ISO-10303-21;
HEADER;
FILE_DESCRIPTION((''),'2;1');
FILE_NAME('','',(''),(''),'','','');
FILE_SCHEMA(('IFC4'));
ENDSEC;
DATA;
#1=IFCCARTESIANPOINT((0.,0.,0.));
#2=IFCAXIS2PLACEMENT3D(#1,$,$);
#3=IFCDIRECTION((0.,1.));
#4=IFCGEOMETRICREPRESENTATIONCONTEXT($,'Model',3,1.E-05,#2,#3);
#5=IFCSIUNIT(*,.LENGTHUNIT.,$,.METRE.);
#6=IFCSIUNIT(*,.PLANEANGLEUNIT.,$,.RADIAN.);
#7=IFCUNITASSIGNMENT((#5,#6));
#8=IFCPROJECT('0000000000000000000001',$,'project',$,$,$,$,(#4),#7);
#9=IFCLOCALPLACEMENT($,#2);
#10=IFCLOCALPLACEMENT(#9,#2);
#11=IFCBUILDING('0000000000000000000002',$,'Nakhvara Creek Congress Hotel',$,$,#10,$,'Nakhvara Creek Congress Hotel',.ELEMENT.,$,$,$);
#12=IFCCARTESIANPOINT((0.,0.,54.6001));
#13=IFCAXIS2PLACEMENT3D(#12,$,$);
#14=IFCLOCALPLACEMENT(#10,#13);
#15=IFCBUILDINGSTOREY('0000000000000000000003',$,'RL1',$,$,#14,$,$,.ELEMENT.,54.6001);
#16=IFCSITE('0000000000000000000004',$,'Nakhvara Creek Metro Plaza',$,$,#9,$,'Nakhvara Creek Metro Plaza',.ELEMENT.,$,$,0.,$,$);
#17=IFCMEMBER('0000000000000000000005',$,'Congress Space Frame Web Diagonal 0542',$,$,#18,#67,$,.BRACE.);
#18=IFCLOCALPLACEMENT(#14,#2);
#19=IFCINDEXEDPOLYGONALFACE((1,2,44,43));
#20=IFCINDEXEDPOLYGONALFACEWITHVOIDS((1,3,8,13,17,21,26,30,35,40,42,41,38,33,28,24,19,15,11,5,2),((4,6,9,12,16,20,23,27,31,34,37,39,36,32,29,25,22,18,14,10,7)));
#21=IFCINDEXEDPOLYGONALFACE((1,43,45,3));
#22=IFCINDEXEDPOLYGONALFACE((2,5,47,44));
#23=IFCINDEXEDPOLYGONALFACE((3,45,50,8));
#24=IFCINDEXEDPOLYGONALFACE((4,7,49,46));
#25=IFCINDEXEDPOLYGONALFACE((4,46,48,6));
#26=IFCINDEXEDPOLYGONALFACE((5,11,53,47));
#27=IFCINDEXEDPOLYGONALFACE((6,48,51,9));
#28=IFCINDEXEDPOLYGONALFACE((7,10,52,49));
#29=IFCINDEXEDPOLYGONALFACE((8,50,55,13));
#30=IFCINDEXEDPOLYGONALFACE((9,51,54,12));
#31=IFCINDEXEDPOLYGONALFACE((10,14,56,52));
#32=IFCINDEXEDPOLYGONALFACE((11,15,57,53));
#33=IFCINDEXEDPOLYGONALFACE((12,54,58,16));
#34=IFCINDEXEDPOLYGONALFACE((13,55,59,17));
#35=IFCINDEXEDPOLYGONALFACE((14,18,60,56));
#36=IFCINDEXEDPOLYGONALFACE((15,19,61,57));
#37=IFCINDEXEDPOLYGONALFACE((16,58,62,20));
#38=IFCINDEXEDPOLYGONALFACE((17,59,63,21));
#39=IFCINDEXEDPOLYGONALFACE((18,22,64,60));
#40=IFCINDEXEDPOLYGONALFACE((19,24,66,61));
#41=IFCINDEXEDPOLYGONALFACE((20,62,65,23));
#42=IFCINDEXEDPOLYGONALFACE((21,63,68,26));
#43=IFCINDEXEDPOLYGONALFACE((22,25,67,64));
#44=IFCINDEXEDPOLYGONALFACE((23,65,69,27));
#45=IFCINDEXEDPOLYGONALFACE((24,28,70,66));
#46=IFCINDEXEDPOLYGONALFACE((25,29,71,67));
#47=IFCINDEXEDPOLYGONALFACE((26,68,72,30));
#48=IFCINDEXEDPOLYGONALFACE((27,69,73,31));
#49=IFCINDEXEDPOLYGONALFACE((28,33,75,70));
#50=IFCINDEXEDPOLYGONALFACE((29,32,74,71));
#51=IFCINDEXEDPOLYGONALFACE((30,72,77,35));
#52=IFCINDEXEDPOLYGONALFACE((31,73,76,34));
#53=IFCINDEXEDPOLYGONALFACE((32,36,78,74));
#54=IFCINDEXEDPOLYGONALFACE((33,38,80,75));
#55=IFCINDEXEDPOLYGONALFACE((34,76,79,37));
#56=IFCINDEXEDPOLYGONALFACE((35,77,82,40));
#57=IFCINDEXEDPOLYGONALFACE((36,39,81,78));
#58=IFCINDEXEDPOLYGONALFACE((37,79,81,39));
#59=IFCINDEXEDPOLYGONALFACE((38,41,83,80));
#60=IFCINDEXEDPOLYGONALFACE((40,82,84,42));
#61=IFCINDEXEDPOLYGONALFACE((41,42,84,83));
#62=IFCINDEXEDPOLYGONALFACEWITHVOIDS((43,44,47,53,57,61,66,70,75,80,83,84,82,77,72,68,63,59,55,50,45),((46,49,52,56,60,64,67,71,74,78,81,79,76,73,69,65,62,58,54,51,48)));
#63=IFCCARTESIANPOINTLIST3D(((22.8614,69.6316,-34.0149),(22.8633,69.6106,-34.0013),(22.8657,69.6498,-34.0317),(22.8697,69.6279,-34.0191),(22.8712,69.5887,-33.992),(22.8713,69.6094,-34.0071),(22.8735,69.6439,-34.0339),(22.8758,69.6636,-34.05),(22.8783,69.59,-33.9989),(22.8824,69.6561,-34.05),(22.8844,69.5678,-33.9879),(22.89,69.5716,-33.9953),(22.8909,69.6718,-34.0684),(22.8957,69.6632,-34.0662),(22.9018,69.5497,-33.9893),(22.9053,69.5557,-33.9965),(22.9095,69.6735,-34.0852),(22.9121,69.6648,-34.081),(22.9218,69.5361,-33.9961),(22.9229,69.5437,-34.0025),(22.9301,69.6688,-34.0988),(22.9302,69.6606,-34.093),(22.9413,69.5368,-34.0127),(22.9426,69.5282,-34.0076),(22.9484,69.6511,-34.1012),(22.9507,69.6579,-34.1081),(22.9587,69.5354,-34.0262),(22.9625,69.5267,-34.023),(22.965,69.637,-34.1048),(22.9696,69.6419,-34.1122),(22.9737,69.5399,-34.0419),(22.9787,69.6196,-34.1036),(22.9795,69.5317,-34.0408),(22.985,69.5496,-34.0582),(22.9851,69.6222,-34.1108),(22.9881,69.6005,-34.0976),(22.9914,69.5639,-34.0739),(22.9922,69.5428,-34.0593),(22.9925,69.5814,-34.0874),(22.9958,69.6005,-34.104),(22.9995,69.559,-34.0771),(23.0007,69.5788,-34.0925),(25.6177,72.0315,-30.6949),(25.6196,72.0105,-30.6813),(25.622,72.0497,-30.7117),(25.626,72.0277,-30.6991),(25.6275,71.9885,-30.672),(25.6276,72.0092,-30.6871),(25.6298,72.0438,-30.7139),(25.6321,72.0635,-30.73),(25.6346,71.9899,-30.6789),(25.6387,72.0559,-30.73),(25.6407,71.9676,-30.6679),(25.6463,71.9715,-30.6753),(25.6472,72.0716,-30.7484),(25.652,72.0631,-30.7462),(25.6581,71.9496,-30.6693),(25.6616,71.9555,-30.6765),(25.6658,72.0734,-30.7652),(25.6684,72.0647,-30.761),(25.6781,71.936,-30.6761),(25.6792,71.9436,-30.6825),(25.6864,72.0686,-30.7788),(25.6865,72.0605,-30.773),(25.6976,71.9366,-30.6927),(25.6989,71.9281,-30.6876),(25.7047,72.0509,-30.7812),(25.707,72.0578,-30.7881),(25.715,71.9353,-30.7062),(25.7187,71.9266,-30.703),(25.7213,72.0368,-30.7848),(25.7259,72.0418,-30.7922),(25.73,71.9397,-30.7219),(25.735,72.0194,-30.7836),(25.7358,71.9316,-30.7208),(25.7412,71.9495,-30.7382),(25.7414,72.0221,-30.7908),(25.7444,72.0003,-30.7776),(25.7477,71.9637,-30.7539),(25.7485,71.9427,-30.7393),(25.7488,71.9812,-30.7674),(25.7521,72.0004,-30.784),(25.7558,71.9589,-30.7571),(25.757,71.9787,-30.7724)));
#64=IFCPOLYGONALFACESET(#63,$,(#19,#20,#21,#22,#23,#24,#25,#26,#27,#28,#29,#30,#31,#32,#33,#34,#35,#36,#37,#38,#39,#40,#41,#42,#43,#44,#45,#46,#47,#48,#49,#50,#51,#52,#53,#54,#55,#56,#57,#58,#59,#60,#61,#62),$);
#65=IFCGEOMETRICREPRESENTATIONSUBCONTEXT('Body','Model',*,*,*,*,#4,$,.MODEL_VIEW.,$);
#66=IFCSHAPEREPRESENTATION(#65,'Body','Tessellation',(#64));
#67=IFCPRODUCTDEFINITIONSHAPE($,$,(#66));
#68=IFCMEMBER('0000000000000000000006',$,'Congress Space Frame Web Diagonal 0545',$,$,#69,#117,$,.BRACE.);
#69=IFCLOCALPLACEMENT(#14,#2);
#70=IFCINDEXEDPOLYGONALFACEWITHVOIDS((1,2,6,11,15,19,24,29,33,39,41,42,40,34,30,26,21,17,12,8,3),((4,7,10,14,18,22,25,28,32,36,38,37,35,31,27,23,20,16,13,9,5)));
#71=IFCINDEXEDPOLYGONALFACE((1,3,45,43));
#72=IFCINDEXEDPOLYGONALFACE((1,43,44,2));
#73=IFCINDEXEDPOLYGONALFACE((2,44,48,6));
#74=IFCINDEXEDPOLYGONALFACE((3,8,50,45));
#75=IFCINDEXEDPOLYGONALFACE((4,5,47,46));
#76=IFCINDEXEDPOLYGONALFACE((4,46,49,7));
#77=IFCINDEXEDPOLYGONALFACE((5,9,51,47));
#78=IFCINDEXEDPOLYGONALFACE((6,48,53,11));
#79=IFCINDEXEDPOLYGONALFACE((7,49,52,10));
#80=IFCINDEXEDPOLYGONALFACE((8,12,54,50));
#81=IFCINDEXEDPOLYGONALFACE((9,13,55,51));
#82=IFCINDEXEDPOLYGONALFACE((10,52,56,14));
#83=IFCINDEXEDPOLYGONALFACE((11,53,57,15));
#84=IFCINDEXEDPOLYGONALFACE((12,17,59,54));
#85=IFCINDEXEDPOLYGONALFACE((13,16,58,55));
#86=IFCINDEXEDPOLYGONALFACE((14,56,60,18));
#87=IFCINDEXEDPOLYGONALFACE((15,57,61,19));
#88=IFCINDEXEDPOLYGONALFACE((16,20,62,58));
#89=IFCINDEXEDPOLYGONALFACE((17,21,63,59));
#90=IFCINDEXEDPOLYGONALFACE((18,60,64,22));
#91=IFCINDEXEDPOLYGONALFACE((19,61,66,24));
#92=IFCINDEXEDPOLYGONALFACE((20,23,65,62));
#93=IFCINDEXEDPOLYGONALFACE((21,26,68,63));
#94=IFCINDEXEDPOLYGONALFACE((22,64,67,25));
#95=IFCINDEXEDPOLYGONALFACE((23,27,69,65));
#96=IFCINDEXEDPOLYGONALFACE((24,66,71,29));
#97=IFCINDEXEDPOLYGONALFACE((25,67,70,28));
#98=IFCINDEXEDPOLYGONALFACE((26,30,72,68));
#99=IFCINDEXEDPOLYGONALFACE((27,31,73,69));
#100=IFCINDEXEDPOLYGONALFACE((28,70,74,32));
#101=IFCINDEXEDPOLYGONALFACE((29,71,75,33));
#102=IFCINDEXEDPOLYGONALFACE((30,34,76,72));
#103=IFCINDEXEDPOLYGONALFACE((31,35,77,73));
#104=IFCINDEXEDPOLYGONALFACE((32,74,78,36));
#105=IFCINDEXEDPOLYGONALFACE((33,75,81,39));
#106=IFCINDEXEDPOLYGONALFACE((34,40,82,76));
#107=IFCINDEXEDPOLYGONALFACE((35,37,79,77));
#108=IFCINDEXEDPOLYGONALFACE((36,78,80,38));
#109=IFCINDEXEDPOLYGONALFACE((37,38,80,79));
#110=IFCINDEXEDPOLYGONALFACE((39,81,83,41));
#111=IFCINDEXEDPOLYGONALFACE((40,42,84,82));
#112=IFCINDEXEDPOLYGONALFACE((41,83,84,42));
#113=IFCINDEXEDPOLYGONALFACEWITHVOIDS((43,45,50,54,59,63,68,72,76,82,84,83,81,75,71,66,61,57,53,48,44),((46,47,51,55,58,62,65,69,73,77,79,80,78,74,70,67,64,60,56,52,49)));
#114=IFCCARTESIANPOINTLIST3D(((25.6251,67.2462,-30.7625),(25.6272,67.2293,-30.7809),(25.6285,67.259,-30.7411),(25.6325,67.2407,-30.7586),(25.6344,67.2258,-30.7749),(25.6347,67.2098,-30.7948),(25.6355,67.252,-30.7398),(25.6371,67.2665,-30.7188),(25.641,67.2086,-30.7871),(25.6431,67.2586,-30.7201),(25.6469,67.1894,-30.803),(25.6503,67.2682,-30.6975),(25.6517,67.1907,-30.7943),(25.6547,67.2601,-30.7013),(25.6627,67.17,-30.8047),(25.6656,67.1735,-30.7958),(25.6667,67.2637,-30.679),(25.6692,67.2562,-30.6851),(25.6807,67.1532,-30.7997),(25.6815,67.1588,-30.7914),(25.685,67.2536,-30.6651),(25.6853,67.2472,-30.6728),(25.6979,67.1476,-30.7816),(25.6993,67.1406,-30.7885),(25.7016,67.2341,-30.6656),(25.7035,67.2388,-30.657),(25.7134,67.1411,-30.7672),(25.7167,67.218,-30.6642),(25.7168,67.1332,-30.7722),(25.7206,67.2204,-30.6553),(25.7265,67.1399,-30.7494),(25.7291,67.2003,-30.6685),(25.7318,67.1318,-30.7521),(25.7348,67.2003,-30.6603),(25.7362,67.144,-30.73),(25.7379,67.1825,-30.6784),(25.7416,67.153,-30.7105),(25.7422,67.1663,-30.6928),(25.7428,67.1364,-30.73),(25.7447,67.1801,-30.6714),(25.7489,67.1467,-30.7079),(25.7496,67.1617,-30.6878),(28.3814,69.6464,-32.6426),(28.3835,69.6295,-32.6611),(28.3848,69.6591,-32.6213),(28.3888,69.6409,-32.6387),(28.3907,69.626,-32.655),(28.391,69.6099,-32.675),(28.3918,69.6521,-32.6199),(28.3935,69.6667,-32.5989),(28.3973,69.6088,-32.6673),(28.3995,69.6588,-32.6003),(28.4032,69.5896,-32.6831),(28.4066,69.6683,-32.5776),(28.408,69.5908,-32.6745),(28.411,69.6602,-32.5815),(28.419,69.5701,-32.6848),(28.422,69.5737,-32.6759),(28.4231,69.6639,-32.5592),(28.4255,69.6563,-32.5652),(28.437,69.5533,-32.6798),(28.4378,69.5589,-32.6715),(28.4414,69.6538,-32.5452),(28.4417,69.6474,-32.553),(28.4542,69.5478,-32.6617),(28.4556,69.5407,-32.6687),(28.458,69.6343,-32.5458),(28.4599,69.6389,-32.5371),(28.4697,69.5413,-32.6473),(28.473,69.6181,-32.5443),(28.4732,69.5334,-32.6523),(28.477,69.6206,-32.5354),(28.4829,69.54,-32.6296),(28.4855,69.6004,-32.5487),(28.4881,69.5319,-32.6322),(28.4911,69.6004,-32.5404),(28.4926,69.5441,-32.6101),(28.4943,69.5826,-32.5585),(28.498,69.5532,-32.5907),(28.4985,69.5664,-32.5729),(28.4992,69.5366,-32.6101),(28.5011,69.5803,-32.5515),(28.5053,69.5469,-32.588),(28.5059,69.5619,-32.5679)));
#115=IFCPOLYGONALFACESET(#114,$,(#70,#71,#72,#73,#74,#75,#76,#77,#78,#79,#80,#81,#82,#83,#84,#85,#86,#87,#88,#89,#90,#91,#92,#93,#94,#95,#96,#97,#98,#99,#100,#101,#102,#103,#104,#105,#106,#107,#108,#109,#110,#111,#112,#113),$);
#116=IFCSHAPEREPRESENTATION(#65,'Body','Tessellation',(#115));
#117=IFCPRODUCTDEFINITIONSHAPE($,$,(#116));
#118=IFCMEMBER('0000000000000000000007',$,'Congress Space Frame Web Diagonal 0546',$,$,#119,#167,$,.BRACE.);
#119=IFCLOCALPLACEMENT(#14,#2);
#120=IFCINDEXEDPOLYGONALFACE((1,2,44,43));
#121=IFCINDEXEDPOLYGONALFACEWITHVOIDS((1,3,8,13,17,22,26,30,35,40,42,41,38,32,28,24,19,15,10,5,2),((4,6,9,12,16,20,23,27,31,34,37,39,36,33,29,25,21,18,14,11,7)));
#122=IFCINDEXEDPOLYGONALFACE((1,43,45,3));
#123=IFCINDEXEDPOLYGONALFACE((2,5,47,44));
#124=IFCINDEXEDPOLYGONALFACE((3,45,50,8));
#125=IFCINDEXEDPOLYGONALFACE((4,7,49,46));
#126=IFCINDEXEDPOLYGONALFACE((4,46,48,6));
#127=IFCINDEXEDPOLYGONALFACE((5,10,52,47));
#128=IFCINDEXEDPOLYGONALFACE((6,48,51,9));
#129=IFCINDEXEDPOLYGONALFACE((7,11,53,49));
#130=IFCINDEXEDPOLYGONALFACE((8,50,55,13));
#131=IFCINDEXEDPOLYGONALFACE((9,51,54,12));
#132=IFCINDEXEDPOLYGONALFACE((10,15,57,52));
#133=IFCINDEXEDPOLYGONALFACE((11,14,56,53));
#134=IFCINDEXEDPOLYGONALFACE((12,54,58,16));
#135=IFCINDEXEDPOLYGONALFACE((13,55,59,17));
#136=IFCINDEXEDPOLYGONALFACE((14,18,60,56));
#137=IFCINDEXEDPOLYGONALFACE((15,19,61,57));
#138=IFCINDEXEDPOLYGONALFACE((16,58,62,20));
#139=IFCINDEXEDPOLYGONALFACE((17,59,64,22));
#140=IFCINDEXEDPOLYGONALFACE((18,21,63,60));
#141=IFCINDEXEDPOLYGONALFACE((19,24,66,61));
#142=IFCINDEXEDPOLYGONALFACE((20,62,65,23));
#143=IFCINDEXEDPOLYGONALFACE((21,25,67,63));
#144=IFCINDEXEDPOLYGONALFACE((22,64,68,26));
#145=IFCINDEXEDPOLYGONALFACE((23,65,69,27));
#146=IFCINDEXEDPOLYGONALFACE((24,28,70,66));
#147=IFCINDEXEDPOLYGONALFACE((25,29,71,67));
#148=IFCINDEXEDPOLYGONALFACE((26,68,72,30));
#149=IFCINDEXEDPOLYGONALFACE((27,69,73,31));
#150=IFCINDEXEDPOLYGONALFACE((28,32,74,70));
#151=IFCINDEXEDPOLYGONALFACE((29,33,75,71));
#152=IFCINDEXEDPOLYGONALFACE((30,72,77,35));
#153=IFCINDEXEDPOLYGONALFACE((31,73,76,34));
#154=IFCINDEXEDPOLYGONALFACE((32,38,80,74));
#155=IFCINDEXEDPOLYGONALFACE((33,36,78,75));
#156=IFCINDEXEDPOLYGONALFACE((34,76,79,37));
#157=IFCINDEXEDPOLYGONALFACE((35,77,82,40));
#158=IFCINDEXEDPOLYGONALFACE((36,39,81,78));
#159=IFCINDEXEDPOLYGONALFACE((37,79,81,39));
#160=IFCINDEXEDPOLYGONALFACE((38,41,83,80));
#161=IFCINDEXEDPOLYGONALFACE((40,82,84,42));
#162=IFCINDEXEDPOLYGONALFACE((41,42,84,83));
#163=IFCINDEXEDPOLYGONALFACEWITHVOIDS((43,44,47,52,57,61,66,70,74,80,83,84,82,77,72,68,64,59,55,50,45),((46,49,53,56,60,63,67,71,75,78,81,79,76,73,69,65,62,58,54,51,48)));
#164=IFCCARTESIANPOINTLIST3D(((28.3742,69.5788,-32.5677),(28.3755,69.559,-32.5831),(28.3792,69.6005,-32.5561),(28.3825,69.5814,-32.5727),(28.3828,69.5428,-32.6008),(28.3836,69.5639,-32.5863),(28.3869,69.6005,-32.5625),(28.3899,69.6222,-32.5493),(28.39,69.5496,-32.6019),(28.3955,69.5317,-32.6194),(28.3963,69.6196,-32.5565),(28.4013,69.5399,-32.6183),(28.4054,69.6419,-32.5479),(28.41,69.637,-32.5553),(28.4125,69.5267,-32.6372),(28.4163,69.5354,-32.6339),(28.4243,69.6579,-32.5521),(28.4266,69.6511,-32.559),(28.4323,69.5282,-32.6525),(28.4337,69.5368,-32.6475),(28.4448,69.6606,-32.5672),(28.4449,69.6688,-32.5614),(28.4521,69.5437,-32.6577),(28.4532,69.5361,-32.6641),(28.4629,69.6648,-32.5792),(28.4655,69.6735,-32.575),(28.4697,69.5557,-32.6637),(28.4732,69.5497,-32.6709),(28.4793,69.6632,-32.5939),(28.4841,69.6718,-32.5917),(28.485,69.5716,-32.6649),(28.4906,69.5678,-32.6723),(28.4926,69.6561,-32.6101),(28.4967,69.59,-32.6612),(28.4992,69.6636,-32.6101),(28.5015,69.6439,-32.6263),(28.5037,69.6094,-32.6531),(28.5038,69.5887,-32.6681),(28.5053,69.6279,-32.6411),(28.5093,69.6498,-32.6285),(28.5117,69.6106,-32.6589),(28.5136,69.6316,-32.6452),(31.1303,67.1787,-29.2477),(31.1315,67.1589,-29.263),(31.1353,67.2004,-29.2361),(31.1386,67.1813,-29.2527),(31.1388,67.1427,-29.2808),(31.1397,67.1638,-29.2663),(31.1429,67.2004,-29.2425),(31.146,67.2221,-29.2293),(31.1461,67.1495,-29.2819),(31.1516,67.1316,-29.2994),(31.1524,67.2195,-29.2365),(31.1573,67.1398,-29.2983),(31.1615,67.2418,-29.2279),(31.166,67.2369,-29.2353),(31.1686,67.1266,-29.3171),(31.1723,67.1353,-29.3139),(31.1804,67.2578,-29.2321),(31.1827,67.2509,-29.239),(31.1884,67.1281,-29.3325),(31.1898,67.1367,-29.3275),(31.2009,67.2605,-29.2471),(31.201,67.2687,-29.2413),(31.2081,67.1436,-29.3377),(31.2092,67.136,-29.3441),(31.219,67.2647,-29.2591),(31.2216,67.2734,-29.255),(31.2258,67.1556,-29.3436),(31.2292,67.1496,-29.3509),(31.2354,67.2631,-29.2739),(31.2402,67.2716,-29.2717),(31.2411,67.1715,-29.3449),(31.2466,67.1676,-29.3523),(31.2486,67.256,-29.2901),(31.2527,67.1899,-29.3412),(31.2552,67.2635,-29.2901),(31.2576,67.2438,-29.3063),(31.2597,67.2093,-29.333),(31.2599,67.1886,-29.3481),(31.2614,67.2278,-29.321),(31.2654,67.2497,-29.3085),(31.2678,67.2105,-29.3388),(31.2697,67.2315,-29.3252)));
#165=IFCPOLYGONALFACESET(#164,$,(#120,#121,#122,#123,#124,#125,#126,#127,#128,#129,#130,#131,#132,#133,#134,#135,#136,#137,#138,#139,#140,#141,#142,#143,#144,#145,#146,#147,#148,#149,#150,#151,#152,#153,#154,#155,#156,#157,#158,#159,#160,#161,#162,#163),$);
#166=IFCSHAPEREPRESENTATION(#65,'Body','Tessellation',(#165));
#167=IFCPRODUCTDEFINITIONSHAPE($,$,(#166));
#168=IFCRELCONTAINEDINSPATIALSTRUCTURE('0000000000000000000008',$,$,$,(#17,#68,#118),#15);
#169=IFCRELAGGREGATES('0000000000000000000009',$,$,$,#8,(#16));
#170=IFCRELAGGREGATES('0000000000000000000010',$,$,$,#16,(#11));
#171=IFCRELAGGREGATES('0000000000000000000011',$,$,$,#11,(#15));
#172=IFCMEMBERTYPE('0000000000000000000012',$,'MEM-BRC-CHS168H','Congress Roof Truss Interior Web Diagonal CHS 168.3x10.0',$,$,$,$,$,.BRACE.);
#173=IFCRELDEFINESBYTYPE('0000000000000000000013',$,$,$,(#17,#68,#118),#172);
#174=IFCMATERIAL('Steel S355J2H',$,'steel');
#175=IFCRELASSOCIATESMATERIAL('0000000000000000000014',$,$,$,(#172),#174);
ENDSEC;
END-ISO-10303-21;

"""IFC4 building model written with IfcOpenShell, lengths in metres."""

from ifc_helpers import new_model, si_unit, direction, frame, origin, origin_2d, place, context, subcontext, project, spatial, hollow_circle, extrude, material, material_profile, profile_set, type_object, element, save


model = new_model("IFC4")

# Units and contexts
model_context = context("Model", 3, precision=1e-05, world=origin(), true_north=direction((0.0, 1.0)))
body_context = subcontext(model_context, "Body", "Model", "MODEL_VIEW")
ifc_project = project(units=[si_unit("LENGTHUNIT", "METRE"), si_unit("PLANEANGLEUNIT", "RADIAN")], contexts=[model_context])

# Site, building, storey
site_placement = place(None, origin())
site = spatial("IfcSite", under=ifc_project, at=site_placement, Name="Nakhvara Creek Metro Plaza", LongName="Nakhvara Creek Metro Plaza", CompositionType="ELEMENT", RefElevation=0.0)
building_placement = place(site_placement, origin())
building = spatial("IfcBuilding", under=site, at=building_placement, Name="Nakhvara Creek Congress Hotel", LongName="Nakhvara Creek Congress Hotel", CompositionType="ELEMENT")
storey_placement = place(building_placement, frame((0.0, 0.0, 54.6001)))
storey = spatial("IfcBuildingStorey", under=building, at=storey_placement, Name="RL1", CompositionType="ELEMENT", Elevation=54.6001)

# Members
ifc_material_1 = material(Name="Steel S355J2H", Category="steel")
ifc_material_profile_1 = material_profile(ifc_material_1, hollow_circle(Radius=0.0842, WallThickness=0.01, at=origin_2d()), Name="CHS 168.3x10.0", Category="LoadBearing")
ifc_profile_set_1 = profile_set([ifc_material_profile_1], Name="Steel S355J2H")
member_type_1 = type_object("IfcMemberType", Name="MEM-BRC-CHS168H", Description="Congress Roof Truss Interior Web Diagonal CHS 168.3x10.0", PredefinedType="BRACE", material=ifc_profile_set_1)
member_1_placement = place(storey_placement, frame((22.9312, 69.6001, -34.05), z_axis=(0.558237, 0.486047, 0.672406), x_axis=(-0.656658, 0.754188, 0.0)))
element("IfcMember", 1, at=member_1_placement, inside=storey, type_object=member_type_1, Name="Congress Space Frame Web Diagonal 0542", PredefinedType="BRACE", context=body_context, shape_type="SweptSolid", body=[
    extrude(hollow_circle(Radius=0.0842, WallThickness=0.01, at=origin_2d()), origin(), (0.0, 0.0, 1.0), 4.9375),
])
member_2_placement = place(storey_placement, frame((28.4438, 69.6001, -32.6101), z_axis=(-0.670626, -0.583961, 0.457439), x_axis=(0.656696, -0.754155, 0.0)))
element("IfcMember", 2, at=member_2_placement, inside=storey, type_object=member_type_1, Name="Congress Space Frame Web Diagonal 0545", PredefinedType="BRACE", context=body_context, shape_type="SweptSolid", body=[
    extrude(hollow_circle(Radius=0.0842, WallThickness=0.01, at=origin_2d()), origin(), (0.0, 0.0, 1.0), 4.1101),
])
member_3_placement = place(storey_placement, frame((28.4438, 69.6001, -32.6101), z_axis=(0.55819, -0.486098, 0.672408), x_axis=(0.656729, 0.754126, 0.0)))
element("IfcMember", 3, at=member_3_placement, inside=storey, type_object=member_type_1, Name="Congress Space Frame Web Diagonal 0546", PredefinedType="BRACE", context=body_context, shape_type="SweptSolid", body=[
    extrude(hollow_circle(Radius=0.0842, WallThickness=0.01, at=origin_2d()), origin(), (0.0, 0.0, 1.0), 4.9375),
])

save(model, "model.ifc")
